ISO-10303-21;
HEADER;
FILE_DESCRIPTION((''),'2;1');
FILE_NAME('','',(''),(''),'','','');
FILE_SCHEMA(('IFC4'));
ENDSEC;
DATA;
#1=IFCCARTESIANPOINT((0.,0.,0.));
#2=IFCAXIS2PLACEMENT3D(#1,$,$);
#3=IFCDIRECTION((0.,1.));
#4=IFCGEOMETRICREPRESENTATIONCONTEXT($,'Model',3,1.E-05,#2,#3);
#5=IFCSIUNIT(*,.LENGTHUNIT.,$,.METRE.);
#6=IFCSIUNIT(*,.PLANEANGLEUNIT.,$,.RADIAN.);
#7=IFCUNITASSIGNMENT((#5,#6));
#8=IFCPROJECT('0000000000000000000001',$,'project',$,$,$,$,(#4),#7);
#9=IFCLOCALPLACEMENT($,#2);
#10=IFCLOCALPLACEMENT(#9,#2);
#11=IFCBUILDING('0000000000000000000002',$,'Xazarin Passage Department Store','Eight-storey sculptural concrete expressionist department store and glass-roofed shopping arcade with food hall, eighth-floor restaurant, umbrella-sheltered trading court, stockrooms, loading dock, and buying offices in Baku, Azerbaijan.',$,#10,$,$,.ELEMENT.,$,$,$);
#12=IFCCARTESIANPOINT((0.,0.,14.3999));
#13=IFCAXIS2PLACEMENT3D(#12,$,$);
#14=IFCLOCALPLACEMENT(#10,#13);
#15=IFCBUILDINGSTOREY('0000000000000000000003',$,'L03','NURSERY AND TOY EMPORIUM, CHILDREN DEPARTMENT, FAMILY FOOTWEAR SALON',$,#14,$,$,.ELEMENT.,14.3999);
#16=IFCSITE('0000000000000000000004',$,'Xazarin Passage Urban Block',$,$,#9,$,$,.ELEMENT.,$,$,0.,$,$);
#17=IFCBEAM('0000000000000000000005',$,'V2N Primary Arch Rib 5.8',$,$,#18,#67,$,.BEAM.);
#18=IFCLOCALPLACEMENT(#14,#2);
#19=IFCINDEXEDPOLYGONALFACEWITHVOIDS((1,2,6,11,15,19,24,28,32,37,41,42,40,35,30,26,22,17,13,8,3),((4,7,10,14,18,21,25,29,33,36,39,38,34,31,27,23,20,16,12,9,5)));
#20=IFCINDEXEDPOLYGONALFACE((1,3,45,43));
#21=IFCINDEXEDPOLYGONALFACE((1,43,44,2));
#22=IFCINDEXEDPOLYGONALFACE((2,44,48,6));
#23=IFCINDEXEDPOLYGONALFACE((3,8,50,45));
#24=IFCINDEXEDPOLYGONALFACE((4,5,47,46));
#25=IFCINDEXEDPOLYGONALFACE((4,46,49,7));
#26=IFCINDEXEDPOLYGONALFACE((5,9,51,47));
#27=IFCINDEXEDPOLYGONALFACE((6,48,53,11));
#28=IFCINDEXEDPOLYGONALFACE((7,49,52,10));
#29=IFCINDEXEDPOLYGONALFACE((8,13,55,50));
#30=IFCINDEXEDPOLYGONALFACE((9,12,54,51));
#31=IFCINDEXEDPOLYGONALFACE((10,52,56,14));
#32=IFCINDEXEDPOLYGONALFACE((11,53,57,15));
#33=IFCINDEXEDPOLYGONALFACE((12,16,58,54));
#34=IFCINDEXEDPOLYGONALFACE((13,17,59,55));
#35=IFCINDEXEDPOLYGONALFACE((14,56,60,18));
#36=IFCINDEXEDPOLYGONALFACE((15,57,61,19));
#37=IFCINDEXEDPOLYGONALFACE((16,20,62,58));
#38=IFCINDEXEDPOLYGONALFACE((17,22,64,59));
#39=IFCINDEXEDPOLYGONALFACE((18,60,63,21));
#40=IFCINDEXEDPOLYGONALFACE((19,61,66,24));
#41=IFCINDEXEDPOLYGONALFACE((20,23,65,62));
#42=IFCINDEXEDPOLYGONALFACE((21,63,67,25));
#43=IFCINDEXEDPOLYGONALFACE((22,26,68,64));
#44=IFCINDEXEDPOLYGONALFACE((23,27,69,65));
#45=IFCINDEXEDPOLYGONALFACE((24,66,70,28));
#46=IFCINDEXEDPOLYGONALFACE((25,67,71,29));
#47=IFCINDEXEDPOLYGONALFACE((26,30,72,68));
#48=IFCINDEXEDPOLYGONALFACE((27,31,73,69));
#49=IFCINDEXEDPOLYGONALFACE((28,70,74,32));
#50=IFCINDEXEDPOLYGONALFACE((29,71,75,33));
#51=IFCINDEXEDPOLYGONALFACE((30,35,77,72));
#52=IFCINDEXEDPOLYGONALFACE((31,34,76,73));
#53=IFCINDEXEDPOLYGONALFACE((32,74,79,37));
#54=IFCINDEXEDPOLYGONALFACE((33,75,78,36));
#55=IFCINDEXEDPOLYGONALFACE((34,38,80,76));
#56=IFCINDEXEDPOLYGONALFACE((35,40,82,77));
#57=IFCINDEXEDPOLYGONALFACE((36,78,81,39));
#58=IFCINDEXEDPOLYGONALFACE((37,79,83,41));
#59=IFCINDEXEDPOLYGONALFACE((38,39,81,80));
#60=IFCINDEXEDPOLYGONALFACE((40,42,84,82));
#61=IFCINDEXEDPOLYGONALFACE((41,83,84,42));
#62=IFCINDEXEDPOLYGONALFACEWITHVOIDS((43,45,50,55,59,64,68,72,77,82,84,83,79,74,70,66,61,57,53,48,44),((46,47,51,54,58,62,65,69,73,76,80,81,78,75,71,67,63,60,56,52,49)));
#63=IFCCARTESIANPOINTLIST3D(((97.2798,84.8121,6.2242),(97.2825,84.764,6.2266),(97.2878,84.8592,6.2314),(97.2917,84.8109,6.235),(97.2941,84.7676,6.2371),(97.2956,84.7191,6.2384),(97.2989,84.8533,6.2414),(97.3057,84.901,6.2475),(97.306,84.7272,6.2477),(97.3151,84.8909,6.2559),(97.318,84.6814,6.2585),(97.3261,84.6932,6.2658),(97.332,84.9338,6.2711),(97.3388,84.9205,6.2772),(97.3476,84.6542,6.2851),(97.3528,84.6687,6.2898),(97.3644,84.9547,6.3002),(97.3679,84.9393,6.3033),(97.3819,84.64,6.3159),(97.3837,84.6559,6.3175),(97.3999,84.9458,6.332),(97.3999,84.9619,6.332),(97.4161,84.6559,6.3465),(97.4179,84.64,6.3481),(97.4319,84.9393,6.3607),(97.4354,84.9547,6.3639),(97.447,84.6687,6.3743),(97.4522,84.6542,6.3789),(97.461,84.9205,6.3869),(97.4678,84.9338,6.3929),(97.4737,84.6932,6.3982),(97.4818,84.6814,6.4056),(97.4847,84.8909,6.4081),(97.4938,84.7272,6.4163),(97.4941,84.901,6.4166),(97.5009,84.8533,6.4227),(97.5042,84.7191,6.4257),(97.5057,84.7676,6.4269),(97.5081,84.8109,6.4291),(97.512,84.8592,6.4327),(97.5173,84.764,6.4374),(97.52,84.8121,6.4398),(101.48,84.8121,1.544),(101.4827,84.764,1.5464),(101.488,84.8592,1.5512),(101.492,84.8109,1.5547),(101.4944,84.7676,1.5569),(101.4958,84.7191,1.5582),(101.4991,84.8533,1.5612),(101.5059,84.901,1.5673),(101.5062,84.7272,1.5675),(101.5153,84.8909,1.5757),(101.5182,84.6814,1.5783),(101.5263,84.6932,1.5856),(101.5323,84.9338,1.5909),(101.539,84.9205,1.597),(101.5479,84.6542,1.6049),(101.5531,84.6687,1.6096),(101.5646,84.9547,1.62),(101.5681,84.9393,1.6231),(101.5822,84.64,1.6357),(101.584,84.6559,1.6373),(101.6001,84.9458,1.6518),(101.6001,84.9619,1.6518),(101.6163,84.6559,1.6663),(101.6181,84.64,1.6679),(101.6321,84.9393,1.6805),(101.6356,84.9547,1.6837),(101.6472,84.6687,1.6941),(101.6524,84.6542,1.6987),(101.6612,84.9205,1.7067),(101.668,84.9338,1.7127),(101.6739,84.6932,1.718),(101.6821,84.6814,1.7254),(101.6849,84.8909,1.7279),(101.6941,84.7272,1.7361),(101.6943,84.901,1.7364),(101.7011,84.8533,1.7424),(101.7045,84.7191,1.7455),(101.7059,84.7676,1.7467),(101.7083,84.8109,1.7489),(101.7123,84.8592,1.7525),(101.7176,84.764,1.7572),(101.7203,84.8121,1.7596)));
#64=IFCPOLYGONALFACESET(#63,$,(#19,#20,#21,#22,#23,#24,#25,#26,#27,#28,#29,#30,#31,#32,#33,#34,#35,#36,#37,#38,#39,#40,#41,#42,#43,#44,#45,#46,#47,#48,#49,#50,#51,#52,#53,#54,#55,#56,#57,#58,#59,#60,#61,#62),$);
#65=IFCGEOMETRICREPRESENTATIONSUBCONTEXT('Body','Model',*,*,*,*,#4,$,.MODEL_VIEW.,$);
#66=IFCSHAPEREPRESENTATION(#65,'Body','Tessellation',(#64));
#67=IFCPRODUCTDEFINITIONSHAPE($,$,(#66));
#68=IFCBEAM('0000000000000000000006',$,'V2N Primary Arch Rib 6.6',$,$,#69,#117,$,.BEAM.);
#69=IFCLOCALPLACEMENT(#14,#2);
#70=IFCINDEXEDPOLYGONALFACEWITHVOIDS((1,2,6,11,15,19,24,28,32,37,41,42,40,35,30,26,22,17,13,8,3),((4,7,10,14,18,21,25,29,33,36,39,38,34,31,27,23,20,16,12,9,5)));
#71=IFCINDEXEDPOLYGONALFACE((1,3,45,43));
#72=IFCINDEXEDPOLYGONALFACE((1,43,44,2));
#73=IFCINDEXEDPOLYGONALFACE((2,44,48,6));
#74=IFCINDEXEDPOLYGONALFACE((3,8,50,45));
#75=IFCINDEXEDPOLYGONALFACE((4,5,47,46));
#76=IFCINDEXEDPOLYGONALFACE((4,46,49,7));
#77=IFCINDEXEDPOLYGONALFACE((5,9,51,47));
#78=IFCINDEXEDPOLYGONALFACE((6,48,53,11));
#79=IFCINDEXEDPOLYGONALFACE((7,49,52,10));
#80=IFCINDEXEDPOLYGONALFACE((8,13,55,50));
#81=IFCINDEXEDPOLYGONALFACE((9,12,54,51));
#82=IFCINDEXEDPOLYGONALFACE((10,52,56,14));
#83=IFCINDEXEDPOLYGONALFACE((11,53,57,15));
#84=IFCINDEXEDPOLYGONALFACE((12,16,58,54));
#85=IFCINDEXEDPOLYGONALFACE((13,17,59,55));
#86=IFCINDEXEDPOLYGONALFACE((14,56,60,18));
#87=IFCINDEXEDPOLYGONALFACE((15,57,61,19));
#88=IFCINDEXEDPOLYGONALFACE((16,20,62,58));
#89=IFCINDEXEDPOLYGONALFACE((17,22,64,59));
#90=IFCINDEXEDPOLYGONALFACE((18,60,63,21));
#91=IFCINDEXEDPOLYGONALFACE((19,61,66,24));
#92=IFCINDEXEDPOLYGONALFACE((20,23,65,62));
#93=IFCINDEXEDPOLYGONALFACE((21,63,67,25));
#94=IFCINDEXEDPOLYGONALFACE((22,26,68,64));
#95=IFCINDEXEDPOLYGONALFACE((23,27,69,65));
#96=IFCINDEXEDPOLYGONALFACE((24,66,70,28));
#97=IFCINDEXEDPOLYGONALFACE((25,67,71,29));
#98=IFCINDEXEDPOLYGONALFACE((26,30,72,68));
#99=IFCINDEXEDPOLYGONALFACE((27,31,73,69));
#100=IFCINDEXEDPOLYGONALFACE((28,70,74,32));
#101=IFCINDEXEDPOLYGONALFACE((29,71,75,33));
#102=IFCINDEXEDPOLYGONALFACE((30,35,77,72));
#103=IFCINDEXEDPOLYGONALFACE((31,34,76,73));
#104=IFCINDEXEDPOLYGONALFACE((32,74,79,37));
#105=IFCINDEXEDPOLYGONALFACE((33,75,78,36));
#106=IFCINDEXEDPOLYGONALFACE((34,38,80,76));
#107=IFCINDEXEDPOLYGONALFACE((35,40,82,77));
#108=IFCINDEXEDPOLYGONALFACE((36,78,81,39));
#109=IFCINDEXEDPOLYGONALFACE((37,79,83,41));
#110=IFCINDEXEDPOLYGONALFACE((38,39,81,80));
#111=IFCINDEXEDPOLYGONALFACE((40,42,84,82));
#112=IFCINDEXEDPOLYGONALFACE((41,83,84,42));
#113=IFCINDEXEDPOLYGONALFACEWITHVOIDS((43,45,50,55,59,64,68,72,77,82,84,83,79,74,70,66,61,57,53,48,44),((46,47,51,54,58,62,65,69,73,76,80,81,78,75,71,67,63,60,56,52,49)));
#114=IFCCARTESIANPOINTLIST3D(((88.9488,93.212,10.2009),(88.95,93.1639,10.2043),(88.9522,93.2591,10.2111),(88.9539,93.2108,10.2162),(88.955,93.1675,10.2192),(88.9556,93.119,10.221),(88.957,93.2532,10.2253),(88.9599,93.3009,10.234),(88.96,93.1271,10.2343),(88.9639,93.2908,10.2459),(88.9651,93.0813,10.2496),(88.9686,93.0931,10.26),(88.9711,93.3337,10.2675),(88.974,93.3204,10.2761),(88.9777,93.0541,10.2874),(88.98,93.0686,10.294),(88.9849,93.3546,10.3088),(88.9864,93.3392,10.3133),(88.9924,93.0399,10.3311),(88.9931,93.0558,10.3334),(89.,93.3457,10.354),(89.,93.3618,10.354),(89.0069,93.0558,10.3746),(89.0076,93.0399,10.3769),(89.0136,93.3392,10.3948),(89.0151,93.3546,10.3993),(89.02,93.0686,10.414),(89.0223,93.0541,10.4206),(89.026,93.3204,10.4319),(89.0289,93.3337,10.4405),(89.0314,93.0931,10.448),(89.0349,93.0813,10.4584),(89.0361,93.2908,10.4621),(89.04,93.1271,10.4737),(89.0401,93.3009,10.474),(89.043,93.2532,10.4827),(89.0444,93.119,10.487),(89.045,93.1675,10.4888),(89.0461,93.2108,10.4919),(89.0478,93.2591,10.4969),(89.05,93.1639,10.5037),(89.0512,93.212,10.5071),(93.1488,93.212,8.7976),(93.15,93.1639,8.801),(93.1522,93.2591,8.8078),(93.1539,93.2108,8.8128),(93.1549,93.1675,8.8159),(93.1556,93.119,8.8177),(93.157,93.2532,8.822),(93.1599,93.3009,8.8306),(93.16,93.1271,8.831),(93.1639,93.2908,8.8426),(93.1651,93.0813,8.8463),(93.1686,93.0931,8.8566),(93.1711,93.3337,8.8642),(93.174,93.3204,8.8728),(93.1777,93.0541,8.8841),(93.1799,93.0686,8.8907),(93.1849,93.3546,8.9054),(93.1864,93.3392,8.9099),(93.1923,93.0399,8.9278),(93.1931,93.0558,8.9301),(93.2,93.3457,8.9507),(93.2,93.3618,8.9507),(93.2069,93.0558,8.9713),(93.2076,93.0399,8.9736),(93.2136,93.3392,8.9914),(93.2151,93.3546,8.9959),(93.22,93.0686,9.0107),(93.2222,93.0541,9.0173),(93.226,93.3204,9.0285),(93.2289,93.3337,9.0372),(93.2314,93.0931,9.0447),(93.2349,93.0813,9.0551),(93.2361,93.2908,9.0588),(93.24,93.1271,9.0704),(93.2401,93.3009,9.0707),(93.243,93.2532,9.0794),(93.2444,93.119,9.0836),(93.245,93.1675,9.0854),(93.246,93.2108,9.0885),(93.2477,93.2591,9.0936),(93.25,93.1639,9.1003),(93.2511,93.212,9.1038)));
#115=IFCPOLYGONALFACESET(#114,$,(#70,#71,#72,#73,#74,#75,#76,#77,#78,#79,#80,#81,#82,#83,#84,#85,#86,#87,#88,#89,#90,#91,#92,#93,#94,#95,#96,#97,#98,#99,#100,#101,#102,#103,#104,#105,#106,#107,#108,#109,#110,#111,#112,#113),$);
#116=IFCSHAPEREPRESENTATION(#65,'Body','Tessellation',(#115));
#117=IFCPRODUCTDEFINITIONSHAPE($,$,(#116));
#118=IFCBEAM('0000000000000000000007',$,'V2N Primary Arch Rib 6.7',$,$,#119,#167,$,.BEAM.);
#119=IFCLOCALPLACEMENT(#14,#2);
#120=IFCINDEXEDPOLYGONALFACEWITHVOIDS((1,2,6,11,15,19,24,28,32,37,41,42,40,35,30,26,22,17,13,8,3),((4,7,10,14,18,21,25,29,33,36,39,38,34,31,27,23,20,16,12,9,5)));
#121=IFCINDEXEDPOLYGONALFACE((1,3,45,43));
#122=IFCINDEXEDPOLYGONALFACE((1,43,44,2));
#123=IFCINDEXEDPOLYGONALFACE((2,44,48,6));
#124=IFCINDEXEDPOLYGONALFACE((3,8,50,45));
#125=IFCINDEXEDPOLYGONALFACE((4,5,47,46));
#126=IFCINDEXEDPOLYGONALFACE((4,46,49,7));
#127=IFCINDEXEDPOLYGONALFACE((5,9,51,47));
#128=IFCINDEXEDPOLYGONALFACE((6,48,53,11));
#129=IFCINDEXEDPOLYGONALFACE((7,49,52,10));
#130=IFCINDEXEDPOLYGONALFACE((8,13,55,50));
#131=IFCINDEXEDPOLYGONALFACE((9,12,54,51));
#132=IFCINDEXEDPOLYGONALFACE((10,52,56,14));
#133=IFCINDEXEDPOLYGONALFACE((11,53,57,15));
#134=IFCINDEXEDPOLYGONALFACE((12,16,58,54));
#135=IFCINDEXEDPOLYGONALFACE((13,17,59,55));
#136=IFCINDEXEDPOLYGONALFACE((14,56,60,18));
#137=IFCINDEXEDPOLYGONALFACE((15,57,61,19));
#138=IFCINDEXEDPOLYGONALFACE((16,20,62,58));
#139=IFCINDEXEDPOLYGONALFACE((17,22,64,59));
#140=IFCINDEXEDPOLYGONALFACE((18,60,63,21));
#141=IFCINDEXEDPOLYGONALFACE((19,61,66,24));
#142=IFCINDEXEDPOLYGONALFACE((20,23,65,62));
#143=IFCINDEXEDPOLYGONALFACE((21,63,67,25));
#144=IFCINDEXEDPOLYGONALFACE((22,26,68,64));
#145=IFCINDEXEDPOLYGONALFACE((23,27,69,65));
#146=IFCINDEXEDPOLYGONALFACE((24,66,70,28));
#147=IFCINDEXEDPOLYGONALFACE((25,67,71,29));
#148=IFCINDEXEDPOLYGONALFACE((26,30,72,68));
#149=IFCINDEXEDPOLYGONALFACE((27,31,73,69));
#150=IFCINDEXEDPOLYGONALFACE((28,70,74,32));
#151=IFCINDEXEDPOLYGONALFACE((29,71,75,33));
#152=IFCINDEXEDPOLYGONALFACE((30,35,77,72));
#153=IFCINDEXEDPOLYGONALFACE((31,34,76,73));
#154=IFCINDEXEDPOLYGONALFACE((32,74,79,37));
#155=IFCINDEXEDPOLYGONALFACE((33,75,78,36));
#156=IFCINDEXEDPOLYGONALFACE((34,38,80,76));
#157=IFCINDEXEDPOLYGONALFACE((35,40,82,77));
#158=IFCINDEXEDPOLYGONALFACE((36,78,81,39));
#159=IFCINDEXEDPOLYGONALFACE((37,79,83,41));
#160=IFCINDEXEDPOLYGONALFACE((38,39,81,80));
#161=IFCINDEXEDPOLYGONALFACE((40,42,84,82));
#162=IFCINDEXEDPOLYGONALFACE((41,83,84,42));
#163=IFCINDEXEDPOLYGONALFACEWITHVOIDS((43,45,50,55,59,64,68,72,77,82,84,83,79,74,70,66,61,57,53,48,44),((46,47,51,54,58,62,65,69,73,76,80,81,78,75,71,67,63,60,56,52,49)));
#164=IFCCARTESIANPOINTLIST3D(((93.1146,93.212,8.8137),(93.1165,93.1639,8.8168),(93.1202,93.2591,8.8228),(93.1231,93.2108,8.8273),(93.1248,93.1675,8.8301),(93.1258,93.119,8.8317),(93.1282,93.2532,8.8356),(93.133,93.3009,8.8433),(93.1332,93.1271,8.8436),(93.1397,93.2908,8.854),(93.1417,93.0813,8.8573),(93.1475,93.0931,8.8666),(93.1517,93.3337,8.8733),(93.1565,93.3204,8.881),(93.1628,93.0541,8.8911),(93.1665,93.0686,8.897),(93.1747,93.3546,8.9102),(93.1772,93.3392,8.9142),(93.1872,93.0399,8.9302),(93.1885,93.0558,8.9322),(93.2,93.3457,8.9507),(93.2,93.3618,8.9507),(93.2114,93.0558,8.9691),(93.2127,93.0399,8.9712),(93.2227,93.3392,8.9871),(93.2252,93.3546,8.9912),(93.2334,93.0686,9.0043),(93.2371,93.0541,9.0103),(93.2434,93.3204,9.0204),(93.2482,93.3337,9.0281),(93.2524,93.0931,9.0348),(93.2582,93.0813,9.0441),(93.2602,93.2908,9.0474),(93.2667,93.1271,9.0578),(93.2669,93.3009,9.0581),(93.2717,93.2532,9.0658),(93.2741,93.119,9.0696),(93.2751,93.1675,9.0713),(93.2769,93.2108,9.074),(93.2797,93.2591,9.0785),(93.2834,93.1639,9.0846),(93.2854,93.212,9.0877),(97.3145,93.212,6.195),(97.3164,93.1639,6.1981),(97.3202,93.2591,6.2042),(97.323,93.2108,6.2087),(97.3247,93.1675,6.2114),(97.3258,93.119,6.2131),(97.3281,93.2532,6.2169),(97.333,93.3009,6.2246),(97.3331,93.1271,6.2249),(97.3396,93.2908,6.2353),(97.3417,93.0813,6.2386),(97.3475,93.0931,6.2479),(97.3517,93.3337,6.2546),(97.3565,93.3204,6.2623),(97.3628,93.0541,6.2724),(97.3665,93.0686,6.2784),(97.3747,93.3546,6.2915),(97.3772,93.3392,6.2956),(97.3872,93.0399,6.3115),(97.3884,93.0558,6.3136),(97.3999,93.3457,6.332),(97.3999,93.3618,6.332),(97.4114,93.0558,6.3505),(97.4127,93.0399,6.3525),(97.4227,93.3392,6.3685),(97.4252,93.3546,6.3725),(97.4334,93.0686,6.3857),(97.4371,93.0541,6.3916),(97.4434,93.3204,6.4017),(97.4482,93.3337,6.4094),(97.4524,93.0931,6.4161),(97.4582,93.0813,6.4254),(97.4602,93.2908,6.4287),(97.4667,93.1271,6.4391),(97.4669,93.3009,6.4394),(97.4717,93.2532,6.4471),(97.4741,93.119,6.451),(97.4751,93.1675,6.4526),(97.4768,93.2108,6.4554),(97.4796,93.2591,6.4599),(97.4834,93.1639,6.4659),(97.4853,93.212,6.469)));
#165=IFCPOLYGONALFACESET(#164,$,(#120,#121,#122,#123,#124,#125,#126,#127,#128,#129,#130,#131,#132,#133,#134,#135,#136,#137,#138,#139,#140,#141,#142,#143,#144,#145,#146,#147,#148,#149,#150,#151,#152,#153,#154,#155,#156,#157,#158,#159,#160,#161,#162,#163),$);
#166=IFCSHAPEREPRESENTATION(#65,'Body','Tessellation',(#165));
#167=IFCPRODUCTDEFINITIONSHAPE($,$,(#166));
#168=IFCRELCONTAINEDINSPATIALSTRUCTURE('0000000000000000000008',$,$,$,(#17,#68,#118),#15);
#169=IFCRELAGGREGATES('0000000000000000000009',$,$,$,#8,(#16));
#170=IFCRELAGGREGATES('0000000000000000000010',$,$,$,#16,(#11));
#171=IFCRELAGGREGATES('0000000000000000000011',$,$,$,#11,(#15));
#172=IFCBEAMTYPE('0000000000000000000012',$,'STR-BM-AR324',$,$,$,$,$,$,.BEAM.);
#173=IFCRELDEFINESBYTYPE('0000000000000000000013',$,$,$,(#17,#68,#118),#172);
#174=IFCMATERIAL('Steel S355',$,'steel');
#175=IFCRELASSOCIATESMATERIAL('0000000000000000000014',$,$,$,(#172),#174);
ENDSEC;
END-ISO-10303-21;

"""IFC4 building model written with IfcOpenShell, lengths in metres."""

from ifc_helpers import new_model, si_unit, direction, frame, origin, origin_2d, place, context, subcontext, project, spatial, hollow_circle, extrude, material, material_profile, profile_set, type_object, element, save


model = new_model("IFC4")

# Units and contexts
model_context = context("Model", 3, precision=1e-05, world=origin(), true_north=direction((0.0, 1.0)))
body_context = subcontext(model_context, "Body", "Model", "MODEL_VIEW")
ifc_project = project(units=[si_unit("LENGTHUNIT", "METRE"), si_unit("PLANEANGLEUNIT", "RADIAN")], contexts=[model_context])

# Site, building, storey
site_placement = place(None, origin())
site = spatial("IfcSite", under=ifc_project, at=site_placement, Name="Xazarin Passage Urban Block", CompositionType="ELEMENT", RefElevation=0.0)
building_placement = place(site_placement, origin())
building = spatial("IfcBuilding", under=site, at=building_placement, Name="Xazarin Passage Department Store", Description="Eight-storey sculptural concrete expressionist department store and glass-roofed shopping arcade with food hall, eighth-floor restaurant, umbrella-sheltered trading court, stockrooms, loading dock, and buying offices in Baku, Azerbaijan.", CompositionType="ELEMENT")
storey_placement = place(building_placement, frame((0.0, 0.0, 14.3999)))
storey = spatial("IfcBuildingStorey", under=building, at=storey_placement, Name="L03", Description="NURSERY AND TOY EMPORIUM, CHILDREN DEPARTMENT, FAMILY FOOTWEAR SALON", CompositionType="ELEMENT", Elevation=14.3999)

# Shared definitions
ifc_material_1 = material(Name="Steel S355", Category="steel")

# Beams
ifc_material_profile_1 = material_profile(ifc_material_1, hollow_circle(Radius=0.1619, WallThickness=0.0161, at=origin_2d()), Name="CHS 323.9x16")
ifc_profile_set_1 = profile_set([ifc_material_profile_1], Name="Steel S355")
beam_type = type_object("IfcBeamType", Name="STR-BM-AR324", PredefinedType="BEAM", material=ifc_profile_set_1)
beam_1_placement = place(storey_placement, frame((97.3999, 84.8, 6.332), z_axis=(0.667913, 0.0, -0.744239), x_axis=(0.0, 1.0, 0.0)))
element("IfcBeam", 1, at=beam_1_placement, inside=storey, type_object=beam_type, Name="V2N Primary Arch Rib 5.8", PredefinedType="BEAM", context=body_context, shape_type="SweptSolid", body=[
    extrude(hollow_circle(Radius=0.1619, WallThickness=0.0161, at=origin_2d()), origin(), (0.0, 0.0, 1.0), 6.2886),
])
beam_2_placement = place(storey_placement, frame((89.0, 93.2, 10.354), z_axis=(0.948457, 0.0, -0.316906), x_axis=(0.0, 1.0, 0.0)))
element("IfcBeam", 2, at=beam_2_placement, inside=storey, type_object=beam_type, Name="V2N Primary Arch Rib 6.6", PredefinedType="BEAM", context=body_context, shape_type="SweptSolid", body=[
    extrude(hollow_circle(Radius=0.1619, WallThickness=0.0161, at=origin_2d()), origin(), (0.0, 0.0, 1.0), 4.4282),
])
beam_3_placement = place(storey_placement, frame((93.2, 93.2, 8.9507), z_axis=(0.848571, 0.0, -0.529081), x_axis=(0.0, 1.0, 0.0)))
element("IfcBeam", 3, at=beam_3_placement, inside=storey, type_object=beam_type, Name="V2N Primary Arch Rib 6.7", PredefinedType="BEAM", context=body_context, shape_type="SweptSolid", body=[
    extrude(hollow_circle(Radius=0.1619, WallThickness=0.0161, at=origin_2d()), origin(), (0.0, 0.0, 1.0), 4.9495),
])

save(model, "model.ifc")
